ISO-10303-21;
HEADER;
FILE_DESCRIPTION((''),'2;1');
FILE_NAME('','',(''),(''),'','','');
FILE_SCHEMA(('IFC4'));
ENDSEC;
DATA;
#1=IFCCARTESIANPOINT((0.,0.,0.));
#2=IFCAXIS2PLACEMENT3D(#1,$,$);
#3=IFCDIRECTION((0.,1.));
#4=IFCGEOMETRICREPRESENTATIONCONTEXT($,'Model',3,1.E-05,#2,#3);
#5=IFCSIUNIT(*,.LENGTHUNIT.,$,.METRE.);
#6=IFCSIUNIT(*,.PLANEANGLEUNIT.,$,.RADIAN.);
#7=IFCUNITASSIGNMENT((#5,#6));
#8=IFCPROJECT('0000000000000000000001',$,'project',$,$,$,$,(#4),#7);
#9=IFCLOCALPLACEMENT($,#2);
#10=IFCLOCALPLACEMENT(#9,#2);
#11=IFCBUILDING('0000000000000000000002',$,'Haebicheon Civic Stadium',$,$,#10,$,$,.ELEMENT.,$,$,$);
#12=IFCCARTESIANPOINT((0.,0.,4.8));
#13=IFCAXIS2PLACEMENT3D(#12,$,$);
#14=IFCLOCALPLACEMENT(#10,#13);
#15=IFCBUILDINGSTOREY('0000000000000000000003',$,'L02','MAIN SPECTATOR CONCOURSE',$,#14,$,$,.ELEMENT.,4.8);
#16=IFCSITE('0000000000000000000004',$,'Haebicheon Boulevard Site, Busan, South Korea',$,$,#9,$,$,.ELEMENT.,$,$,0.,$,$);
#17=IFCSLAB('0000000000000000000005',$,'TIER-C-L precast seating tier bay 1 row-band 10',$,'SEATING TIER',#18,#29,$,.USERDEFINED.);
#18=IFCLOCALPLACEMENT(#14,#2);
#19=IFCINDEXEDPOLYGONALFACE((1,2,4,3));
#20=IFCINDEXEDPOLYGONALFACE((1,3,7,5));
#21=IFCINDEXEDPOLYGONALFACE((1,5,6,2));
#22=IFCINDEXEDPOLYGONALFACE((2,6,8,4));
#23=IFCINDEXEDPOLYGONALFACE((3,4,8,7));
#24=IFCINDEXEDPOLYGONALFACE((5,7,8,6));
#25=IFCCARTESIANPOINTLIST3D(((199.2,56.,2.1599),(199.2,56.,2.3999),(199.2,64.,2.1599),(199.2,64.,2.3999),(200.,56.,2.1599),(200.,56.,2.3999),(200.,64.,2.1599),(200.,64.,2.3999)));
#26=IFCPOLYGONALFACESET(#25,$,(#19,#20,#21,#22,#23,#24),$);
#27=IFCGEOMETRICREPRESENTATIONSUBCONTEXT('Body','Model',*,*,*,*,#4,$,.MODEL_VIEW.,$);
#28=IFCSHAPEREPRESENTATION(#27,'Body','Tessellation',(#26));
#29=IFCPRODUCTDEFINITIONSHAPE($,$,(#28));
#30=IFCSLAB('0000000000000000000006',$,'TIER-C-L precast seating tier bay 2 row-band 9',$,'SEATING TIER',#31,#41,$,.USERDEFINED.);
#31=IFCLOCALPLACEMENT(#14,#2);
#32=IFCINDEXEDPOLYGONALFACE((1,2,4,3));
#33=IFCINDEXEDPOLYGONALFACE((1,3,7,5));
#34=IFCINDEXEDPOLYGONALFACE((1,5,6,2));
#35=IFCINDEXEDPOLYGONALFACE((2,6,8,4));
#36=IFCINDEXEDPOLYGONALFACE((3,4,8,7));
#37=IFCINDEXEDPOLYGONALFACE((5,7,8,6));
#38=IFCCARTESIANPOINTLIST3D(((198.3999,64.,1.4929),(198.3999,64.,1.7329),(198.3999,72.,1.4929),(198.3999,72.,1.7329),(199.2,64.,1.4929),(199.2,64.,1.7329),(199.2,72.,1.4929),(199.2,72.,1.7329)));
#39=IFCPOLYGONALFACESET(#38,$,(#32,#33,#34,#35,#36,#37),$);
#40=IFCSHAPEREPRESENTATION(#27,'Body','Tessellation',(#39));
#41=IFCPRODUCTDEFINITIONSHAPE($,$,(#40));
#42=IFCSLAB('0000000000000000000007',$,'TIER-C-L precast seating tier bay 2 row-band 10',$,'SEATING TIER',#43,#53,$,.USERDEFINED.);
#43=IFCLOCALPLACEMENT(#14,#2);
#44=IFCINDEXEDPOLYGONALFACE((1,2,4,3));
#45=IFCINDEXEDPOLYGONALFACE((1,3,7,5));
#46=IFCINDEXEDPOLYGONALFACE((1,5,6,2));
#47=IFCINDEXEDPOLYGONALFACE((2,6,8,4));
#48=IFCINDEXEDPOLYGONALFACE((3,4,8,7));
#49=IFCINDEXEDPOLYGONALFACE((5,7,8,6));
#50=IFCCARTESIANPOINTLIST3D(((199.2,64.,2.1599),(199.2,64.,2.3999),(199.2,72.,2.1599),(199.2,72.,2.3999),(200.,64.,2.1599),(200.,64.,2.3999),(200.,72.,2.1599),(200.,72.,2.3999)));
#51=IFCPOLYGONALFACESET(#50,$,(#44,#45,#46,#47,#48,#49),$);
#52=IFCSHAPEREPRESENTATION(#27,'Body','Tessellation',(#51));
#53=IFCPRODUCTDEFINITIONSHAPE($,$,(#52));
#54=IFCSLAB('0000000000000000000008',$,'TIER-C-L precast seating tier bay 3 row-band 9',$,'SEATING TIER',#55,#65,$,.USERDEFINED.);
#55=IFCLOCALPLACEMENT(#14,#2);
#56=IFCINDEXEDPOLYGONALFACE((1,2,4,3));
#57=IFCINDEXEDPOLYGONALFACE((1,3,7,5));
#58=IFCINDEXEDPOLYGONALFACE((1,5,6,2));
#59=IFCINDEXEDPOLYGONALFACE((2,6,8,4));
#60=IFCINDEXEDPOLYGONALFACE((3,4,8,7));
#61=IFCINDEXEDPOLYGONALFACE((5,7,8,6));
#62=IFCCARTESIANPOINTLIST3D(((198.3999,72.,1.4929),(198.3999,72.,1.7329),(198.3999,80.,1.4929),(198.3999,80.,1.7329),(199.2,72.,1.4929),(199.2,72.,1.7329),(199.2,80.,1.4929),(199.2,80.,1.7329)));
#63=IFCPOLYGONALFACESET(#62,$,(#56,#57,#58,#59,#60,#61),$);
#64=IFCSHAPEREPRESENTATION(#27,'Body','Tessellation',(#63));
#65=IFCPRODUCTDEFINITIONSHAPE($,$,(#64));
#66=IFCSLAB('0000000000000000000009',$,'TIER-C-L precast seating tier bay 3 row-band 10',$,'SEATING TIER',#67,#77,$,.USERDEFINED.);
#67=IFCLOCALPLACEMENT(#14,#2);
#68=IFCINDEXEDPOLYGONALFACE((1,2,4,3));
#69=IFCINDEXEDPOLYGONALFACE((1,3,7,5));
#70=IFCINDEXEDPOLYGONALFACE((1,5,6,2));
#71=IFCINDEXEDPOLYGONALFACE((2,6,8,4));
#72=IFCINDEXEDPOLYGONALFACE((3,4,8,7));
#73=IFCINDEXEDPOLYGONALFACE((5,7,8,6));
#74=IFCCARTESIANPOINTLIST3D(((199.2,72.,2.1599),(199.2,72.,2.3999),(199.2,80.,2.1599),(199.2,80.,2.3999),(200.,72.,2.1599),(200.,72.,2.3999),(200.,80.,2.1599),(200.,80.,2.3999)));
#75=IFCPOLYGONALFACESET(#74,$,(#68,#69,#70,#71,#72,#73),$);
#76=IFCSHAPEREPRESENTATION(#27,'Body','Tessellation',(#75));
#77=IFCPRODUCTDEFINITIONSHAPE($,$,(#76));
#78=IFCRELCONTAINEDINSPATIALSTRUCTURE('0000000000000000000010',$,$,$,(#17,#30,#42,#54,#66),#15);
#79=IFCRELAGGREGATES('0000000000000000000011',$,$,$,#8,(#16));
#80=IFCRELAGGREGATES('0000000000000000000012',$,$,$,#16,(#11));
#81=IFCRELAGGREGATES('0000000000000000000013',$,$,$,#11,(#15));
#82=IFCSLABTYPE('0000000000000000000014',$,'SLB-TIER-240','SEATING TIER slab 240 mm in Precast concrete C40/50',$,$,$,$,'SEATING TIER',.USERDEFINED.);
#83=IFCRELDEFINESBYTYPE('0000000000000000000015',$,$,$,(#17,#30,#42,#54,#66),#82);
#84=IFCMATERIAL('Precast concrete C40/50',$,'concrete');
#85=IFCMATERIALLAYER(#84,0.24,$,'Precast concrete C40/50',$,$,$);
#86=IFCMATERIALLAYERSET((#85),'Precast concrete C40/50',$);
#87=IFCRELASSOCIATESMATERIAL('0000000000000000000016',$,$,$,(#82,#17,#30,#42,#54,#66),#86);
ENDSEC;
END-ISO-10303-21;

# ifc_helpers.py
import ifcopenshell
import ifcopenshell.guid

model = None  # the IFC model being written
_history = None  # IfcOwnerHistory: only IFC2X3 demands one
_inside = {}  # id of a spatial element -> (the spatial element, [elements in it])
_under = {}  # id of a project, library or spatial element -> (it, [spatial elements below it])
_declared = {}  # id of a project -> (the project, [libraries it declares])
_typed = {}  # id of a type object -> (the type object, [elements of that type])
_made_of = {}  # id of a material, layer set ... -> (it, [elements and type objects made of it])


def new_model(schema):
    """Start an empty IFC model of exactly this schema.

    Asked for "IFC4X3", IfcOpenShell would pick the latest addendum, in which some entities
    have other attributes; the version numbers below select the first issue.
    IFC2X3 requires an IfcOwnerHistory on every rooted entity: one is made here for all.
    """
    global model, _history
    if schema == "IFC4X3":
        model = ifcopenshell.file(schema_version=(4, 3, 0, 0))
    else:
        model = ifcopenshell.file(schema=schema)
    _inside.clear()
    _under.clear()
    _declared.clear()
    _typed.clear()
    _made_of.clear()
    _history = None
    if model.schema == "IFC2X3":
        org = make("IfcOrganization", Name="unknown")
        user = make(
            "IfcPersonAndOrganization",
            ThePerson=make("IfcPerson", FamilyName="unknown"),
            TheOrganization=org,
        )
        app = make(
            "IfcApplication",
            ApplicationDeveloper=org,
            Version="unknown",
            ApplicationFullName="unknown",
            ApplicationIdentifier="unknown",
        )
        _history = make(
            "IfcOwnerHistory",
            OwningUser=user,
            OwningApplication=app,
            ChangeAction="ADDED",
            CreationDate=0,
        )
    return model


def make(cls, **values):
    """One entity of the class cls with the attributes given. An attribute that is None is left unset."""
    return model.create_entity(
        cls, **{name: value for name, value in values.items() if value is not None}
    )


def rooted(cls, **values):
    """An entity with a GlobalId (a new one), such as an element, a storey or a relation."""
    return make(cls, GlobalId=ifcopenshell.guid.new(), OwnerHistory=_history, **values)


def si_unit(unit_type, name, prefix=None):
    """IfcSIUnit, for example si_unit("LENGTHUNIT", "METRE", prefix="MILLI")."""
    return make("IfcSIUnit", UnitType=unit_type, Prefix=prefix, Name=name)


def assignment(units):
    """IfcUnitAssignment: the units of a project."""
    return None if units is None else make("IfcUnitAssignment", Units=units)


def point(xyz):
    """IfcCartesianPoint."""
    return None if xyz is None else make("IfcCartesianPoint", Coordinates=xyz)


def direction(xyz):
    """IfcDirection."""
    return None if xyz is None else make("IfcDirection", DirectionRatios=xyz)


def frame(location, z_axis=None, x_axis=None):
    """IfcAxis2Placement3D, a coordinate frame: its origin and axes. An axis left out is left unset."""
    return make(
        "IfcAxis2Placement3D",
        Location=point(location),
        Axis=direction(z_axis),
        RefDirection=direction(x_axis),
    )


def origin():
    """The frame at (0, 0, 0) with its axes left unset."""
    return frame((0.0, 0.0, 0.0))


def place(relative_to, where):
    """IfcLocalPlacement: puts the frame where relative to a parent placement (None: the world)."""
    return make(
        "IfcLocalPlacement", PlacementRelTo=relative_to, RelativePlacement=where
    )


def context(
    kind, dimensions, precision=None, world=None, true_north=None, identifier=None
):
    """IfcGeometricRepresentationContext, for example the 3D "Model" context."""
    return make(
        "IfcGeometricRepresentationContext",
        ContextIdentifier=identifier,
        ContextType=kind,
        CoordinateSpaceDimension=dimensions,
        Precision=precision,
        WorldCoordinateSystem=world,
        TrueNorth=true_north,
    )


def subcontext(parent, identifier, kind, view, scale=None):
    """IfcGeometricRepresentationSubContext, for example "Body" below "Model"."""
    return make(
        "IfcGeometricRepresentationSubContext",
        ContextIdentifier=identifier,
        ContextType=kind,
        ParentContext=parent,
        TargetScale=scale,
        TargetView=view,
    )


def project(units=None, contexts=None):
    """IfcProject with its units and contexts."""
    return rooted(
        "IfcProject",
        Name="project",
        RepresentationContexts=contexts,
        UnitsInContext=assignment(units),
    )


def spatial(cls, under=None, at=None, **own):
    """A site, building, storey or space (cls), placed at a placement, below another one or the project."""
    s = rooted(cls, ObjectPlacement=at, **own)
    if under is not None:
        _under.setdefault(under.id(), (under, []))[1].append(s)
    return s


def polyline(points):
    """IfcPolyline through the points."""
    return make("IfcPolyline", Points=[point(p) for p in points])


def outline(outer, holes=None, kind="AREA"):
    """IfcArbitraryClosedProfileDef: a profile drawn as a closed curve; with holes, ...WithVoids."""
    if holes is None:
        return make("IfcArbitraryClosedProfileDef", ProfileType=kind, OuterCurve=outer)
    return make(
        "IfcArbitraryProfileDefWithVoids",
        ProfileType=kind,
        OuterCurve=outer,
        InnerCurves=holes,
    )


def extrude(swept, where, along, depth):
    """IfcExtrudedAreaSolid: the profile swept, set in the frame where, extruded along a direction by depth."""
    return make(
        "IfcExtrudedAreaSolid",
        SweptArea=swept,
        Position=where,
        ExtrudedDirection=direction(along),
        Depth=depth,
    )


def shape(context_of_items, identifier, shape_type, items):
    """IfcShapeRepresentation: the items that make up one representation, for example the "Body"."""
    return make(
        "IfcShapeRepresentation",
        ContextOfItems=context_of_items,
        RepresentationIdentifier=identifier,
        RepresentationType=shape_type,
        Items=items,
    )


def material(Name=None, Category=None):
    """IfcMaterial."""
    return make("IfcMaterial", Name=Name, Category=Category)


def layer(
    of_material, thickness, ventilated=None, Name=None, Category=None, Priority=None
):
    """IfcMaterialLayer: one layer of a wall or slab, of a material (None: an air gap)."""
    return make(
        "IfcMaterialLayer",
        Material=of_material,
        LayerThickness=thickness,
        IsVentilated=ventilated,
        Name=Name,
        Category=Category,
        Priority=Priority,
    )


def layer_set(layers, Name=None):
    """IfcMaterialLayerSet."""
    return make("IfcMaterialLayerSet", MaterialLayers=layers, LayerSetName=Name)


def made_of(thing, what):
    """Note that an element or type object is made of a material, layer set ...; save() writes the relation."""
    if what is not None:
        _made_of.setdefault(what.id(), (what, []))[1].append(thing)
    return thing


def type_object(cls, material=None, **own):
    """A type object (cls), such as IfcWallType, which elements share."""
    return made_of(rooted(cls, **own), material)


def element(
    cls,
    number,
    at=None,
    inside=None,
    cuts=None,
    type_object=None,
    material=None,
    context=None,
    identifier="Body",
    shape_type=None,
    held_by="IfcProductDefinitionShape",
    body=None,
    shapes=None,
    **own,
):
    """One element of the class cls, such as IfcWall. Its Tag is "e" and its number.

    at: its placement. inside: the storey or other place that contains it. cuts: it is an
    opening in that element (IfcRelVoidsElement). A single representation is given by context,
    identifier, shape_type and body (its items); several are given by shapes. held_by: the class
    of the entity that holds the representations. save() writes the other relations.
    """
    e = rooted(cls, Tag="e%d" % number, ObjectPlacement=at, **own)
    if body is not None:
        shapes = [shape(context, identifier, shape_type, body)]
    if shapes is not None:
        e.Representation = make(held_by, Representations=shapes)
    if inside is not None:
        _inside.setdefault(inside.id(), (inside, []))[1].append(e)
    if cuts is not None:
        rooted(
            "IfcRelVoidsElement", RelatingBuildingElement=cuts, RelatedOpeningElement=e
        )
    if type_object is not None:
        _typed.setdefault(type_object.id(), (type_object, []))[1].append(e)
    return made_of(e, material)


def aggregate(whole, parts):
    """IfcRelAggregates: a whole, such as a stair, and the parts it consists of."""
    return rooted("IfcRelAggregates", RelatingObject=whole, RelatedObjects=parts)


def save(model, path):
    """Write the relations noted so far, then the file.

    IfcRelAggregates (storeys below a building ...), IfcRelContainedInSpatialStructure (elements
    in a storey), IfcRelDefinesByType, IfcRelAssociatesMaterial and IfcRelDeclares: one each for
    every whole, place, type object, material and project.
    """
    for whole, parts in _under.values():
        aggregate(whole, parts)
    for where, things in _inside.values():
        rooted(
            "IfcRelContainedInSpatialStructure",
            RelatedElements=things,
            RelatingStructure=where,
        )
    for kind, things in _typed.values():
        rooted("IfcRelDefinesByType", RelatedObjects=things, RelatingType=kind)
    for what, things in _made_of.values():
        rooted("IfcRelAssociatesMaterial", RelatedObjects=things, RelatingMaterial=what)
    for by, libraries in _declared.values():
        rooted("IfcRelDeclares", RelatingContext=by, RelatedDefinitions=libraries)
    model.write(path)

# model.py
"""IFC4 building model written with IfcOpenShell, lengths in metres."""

from ifc_helpers import new_model, si_unit, direction, frame, origin, place, context, subcontext, project, spatial, polyline, outline, extrude, material, layer, layer_set, type_object, element, save


model = new_model("IFC4")

# Units and contexts
model_context = context("Model", 3, precision=1e-05, world=origin(), true_north=direction((0.0, 1.0)))
body_context = subcontext(model_context, "Body", "Model", "MODEL_VIEW")
ifc_project = project(units=[si_unit("LENGTHUNIT", "METRE"), si_unit("PLANEANGLEUNIT", "RADIAN")], contexts=[model_context])

# Site, building, storey
site_placement = place(None, origin())
site = spatial("IfcSite", under=ifc_project, at=site_placement, Name="Haebicheon Boulevard Site, Busan, South Korea", CompositionType="ELEMENT", RefElevation=0.0)
building_placement = place(site_placement, origin())
building = spatial("IfcBuilding", under=site, at=building_placement, Name="Haebicheon Civic Stadium", CompositionType="ELEMENT")
storey_placement = place(building_placement, frame((0.0, 0.0, 4.8)))
storey = spatial("IfcBuildingStorey", under=building, at=storey_placement, Name="L02", Description="MAIN SPECTATOR CONCOURSE", CompositionType="ELEMENT", Elevation=4.8)

# Slabs
ifc_material = material(Name="Precast concrete C40/50", Category="concrete")
ifc_layer = layer(ifc_material, 0.24, Name="Precast concrete C40/50")
ifc_layer_set = layer_set([ifc_layer], Name="Precast concrete C40/50")
slab_type = type_object("IfcSlabType", Name="SLB-TIER-240", Description="SEATING TIER slab 240 mm in Precast concrete C40/50", ElementType="SEATING TIER", PredefinedType="USERDEFINED", material=ifc_layer_set)
slab_1_placement = place(storey_placement, frame((0.0, 0.0, 2.1599)))
element("IfcSlab", 1, at=slab_1_placement, inside=storey, type_object=slab_type, material=ifc_layer_set, Name="TIER-C-L precast seating tier bay 1 row-band 10", ObjectType="SEATING TIER", PredefinedType="USERDEFINED", context=body_context, shape_type="SweptSolid", body=[
    extrude(outline(polyline([(199.2, 56.0), (200.0, 56.0), (200.0, 64.0), (199.2, 64.0), (199.2, 56.0)])), origin(), (0.0, 0.0, 1.0), 0.24),
])
slab_2_placement = place(storey_placement, frame((0.0, 0.0, 1.4929)))
element("IfcSlab", 2, at=slab_2_placement, inside=storey, type_object=slab_type, material=ifc_layer_set, Name="TIER-C-L precast seating tier bay 2 row-band 9", ObjectType="SEATING TIER", PredefinedType="USERDEFINED", context=body_context, shape_type="SweptSolid", body=[
    extrude(outline(polyline([(198.3999, 64.0), (199.2, 64.0), (199.2, 72.0), (198.3999, 72.0), (198.3999, 64.0)])), origin(), (0.0, 0.0, 1.0), 0.24),
])
slab_3_placement = place(storey_placement, frame((0.0, 0.0, 2.1599)))
element("IfcSlab", 3, at=slab_3_placement, inside=storey, type_object=slab_type, material=ifc_layer_set, Name="TIER-C-L precast seating tier bay 2 row-band 10", ObjectType="SEATING TIER", PredefinedType="USERDEFINED", context=body_context, shape_type="SweptSolid", body=[
    extrude(outline(polyline([(199.2, 64.0), (200.0, 64.0), (200.0, 72.0), (199.2, 72.0), (199.2, 64.0)])), origin(), (0.0, 0.0, 1.0), 0.24),
])
slab_4_placement = place(storey_placement, frame((0.0, 0.0, 1.4929)))
element("IfcSlab", 4, at=slab_4_placement, inside=storey, type_object=slab_type, material=ifc_layer_set, Name="TIER-C-L precast seating tier bay 3 row-band 9", ObjectType="SEATING TIER", PredefinedType="USERDEFINED", context=body_context, shape_type="SweptSolid", body=[
    extrude(outline(polyline([(198.3999, 72.0), (199.2, 72.0), (199.2, 80.0), (198.3999, 80.0), (198.3999, 72.0)])), origin(), (0.0, 0.0, 1.0), 0.24),
])
slab_5_placement = place(storey_placement, frame((0.0, 0.0, 2.1599)))
element("IfcSlab", 5, at=slab_5_placement, inside=storey, type_object=slab_type, material=ifc_layer_set, Name="TIER-C-L precast seating tier bay 3 row-band 10", ObjectType="SEATING TIER", PredefinedType="USERDEFINED", context=body_context, shape_type="SweptSolid", body=[
    extrude(outline(polyline([(199.2, 72.0), (200.0, 72.0), (200.0, 80.0), (199.2, 80.0), (199.2, 72.0)])), origin(), (0.0, 0.0, 1.0), 0.24),
])

save(model, "model.ifc")
